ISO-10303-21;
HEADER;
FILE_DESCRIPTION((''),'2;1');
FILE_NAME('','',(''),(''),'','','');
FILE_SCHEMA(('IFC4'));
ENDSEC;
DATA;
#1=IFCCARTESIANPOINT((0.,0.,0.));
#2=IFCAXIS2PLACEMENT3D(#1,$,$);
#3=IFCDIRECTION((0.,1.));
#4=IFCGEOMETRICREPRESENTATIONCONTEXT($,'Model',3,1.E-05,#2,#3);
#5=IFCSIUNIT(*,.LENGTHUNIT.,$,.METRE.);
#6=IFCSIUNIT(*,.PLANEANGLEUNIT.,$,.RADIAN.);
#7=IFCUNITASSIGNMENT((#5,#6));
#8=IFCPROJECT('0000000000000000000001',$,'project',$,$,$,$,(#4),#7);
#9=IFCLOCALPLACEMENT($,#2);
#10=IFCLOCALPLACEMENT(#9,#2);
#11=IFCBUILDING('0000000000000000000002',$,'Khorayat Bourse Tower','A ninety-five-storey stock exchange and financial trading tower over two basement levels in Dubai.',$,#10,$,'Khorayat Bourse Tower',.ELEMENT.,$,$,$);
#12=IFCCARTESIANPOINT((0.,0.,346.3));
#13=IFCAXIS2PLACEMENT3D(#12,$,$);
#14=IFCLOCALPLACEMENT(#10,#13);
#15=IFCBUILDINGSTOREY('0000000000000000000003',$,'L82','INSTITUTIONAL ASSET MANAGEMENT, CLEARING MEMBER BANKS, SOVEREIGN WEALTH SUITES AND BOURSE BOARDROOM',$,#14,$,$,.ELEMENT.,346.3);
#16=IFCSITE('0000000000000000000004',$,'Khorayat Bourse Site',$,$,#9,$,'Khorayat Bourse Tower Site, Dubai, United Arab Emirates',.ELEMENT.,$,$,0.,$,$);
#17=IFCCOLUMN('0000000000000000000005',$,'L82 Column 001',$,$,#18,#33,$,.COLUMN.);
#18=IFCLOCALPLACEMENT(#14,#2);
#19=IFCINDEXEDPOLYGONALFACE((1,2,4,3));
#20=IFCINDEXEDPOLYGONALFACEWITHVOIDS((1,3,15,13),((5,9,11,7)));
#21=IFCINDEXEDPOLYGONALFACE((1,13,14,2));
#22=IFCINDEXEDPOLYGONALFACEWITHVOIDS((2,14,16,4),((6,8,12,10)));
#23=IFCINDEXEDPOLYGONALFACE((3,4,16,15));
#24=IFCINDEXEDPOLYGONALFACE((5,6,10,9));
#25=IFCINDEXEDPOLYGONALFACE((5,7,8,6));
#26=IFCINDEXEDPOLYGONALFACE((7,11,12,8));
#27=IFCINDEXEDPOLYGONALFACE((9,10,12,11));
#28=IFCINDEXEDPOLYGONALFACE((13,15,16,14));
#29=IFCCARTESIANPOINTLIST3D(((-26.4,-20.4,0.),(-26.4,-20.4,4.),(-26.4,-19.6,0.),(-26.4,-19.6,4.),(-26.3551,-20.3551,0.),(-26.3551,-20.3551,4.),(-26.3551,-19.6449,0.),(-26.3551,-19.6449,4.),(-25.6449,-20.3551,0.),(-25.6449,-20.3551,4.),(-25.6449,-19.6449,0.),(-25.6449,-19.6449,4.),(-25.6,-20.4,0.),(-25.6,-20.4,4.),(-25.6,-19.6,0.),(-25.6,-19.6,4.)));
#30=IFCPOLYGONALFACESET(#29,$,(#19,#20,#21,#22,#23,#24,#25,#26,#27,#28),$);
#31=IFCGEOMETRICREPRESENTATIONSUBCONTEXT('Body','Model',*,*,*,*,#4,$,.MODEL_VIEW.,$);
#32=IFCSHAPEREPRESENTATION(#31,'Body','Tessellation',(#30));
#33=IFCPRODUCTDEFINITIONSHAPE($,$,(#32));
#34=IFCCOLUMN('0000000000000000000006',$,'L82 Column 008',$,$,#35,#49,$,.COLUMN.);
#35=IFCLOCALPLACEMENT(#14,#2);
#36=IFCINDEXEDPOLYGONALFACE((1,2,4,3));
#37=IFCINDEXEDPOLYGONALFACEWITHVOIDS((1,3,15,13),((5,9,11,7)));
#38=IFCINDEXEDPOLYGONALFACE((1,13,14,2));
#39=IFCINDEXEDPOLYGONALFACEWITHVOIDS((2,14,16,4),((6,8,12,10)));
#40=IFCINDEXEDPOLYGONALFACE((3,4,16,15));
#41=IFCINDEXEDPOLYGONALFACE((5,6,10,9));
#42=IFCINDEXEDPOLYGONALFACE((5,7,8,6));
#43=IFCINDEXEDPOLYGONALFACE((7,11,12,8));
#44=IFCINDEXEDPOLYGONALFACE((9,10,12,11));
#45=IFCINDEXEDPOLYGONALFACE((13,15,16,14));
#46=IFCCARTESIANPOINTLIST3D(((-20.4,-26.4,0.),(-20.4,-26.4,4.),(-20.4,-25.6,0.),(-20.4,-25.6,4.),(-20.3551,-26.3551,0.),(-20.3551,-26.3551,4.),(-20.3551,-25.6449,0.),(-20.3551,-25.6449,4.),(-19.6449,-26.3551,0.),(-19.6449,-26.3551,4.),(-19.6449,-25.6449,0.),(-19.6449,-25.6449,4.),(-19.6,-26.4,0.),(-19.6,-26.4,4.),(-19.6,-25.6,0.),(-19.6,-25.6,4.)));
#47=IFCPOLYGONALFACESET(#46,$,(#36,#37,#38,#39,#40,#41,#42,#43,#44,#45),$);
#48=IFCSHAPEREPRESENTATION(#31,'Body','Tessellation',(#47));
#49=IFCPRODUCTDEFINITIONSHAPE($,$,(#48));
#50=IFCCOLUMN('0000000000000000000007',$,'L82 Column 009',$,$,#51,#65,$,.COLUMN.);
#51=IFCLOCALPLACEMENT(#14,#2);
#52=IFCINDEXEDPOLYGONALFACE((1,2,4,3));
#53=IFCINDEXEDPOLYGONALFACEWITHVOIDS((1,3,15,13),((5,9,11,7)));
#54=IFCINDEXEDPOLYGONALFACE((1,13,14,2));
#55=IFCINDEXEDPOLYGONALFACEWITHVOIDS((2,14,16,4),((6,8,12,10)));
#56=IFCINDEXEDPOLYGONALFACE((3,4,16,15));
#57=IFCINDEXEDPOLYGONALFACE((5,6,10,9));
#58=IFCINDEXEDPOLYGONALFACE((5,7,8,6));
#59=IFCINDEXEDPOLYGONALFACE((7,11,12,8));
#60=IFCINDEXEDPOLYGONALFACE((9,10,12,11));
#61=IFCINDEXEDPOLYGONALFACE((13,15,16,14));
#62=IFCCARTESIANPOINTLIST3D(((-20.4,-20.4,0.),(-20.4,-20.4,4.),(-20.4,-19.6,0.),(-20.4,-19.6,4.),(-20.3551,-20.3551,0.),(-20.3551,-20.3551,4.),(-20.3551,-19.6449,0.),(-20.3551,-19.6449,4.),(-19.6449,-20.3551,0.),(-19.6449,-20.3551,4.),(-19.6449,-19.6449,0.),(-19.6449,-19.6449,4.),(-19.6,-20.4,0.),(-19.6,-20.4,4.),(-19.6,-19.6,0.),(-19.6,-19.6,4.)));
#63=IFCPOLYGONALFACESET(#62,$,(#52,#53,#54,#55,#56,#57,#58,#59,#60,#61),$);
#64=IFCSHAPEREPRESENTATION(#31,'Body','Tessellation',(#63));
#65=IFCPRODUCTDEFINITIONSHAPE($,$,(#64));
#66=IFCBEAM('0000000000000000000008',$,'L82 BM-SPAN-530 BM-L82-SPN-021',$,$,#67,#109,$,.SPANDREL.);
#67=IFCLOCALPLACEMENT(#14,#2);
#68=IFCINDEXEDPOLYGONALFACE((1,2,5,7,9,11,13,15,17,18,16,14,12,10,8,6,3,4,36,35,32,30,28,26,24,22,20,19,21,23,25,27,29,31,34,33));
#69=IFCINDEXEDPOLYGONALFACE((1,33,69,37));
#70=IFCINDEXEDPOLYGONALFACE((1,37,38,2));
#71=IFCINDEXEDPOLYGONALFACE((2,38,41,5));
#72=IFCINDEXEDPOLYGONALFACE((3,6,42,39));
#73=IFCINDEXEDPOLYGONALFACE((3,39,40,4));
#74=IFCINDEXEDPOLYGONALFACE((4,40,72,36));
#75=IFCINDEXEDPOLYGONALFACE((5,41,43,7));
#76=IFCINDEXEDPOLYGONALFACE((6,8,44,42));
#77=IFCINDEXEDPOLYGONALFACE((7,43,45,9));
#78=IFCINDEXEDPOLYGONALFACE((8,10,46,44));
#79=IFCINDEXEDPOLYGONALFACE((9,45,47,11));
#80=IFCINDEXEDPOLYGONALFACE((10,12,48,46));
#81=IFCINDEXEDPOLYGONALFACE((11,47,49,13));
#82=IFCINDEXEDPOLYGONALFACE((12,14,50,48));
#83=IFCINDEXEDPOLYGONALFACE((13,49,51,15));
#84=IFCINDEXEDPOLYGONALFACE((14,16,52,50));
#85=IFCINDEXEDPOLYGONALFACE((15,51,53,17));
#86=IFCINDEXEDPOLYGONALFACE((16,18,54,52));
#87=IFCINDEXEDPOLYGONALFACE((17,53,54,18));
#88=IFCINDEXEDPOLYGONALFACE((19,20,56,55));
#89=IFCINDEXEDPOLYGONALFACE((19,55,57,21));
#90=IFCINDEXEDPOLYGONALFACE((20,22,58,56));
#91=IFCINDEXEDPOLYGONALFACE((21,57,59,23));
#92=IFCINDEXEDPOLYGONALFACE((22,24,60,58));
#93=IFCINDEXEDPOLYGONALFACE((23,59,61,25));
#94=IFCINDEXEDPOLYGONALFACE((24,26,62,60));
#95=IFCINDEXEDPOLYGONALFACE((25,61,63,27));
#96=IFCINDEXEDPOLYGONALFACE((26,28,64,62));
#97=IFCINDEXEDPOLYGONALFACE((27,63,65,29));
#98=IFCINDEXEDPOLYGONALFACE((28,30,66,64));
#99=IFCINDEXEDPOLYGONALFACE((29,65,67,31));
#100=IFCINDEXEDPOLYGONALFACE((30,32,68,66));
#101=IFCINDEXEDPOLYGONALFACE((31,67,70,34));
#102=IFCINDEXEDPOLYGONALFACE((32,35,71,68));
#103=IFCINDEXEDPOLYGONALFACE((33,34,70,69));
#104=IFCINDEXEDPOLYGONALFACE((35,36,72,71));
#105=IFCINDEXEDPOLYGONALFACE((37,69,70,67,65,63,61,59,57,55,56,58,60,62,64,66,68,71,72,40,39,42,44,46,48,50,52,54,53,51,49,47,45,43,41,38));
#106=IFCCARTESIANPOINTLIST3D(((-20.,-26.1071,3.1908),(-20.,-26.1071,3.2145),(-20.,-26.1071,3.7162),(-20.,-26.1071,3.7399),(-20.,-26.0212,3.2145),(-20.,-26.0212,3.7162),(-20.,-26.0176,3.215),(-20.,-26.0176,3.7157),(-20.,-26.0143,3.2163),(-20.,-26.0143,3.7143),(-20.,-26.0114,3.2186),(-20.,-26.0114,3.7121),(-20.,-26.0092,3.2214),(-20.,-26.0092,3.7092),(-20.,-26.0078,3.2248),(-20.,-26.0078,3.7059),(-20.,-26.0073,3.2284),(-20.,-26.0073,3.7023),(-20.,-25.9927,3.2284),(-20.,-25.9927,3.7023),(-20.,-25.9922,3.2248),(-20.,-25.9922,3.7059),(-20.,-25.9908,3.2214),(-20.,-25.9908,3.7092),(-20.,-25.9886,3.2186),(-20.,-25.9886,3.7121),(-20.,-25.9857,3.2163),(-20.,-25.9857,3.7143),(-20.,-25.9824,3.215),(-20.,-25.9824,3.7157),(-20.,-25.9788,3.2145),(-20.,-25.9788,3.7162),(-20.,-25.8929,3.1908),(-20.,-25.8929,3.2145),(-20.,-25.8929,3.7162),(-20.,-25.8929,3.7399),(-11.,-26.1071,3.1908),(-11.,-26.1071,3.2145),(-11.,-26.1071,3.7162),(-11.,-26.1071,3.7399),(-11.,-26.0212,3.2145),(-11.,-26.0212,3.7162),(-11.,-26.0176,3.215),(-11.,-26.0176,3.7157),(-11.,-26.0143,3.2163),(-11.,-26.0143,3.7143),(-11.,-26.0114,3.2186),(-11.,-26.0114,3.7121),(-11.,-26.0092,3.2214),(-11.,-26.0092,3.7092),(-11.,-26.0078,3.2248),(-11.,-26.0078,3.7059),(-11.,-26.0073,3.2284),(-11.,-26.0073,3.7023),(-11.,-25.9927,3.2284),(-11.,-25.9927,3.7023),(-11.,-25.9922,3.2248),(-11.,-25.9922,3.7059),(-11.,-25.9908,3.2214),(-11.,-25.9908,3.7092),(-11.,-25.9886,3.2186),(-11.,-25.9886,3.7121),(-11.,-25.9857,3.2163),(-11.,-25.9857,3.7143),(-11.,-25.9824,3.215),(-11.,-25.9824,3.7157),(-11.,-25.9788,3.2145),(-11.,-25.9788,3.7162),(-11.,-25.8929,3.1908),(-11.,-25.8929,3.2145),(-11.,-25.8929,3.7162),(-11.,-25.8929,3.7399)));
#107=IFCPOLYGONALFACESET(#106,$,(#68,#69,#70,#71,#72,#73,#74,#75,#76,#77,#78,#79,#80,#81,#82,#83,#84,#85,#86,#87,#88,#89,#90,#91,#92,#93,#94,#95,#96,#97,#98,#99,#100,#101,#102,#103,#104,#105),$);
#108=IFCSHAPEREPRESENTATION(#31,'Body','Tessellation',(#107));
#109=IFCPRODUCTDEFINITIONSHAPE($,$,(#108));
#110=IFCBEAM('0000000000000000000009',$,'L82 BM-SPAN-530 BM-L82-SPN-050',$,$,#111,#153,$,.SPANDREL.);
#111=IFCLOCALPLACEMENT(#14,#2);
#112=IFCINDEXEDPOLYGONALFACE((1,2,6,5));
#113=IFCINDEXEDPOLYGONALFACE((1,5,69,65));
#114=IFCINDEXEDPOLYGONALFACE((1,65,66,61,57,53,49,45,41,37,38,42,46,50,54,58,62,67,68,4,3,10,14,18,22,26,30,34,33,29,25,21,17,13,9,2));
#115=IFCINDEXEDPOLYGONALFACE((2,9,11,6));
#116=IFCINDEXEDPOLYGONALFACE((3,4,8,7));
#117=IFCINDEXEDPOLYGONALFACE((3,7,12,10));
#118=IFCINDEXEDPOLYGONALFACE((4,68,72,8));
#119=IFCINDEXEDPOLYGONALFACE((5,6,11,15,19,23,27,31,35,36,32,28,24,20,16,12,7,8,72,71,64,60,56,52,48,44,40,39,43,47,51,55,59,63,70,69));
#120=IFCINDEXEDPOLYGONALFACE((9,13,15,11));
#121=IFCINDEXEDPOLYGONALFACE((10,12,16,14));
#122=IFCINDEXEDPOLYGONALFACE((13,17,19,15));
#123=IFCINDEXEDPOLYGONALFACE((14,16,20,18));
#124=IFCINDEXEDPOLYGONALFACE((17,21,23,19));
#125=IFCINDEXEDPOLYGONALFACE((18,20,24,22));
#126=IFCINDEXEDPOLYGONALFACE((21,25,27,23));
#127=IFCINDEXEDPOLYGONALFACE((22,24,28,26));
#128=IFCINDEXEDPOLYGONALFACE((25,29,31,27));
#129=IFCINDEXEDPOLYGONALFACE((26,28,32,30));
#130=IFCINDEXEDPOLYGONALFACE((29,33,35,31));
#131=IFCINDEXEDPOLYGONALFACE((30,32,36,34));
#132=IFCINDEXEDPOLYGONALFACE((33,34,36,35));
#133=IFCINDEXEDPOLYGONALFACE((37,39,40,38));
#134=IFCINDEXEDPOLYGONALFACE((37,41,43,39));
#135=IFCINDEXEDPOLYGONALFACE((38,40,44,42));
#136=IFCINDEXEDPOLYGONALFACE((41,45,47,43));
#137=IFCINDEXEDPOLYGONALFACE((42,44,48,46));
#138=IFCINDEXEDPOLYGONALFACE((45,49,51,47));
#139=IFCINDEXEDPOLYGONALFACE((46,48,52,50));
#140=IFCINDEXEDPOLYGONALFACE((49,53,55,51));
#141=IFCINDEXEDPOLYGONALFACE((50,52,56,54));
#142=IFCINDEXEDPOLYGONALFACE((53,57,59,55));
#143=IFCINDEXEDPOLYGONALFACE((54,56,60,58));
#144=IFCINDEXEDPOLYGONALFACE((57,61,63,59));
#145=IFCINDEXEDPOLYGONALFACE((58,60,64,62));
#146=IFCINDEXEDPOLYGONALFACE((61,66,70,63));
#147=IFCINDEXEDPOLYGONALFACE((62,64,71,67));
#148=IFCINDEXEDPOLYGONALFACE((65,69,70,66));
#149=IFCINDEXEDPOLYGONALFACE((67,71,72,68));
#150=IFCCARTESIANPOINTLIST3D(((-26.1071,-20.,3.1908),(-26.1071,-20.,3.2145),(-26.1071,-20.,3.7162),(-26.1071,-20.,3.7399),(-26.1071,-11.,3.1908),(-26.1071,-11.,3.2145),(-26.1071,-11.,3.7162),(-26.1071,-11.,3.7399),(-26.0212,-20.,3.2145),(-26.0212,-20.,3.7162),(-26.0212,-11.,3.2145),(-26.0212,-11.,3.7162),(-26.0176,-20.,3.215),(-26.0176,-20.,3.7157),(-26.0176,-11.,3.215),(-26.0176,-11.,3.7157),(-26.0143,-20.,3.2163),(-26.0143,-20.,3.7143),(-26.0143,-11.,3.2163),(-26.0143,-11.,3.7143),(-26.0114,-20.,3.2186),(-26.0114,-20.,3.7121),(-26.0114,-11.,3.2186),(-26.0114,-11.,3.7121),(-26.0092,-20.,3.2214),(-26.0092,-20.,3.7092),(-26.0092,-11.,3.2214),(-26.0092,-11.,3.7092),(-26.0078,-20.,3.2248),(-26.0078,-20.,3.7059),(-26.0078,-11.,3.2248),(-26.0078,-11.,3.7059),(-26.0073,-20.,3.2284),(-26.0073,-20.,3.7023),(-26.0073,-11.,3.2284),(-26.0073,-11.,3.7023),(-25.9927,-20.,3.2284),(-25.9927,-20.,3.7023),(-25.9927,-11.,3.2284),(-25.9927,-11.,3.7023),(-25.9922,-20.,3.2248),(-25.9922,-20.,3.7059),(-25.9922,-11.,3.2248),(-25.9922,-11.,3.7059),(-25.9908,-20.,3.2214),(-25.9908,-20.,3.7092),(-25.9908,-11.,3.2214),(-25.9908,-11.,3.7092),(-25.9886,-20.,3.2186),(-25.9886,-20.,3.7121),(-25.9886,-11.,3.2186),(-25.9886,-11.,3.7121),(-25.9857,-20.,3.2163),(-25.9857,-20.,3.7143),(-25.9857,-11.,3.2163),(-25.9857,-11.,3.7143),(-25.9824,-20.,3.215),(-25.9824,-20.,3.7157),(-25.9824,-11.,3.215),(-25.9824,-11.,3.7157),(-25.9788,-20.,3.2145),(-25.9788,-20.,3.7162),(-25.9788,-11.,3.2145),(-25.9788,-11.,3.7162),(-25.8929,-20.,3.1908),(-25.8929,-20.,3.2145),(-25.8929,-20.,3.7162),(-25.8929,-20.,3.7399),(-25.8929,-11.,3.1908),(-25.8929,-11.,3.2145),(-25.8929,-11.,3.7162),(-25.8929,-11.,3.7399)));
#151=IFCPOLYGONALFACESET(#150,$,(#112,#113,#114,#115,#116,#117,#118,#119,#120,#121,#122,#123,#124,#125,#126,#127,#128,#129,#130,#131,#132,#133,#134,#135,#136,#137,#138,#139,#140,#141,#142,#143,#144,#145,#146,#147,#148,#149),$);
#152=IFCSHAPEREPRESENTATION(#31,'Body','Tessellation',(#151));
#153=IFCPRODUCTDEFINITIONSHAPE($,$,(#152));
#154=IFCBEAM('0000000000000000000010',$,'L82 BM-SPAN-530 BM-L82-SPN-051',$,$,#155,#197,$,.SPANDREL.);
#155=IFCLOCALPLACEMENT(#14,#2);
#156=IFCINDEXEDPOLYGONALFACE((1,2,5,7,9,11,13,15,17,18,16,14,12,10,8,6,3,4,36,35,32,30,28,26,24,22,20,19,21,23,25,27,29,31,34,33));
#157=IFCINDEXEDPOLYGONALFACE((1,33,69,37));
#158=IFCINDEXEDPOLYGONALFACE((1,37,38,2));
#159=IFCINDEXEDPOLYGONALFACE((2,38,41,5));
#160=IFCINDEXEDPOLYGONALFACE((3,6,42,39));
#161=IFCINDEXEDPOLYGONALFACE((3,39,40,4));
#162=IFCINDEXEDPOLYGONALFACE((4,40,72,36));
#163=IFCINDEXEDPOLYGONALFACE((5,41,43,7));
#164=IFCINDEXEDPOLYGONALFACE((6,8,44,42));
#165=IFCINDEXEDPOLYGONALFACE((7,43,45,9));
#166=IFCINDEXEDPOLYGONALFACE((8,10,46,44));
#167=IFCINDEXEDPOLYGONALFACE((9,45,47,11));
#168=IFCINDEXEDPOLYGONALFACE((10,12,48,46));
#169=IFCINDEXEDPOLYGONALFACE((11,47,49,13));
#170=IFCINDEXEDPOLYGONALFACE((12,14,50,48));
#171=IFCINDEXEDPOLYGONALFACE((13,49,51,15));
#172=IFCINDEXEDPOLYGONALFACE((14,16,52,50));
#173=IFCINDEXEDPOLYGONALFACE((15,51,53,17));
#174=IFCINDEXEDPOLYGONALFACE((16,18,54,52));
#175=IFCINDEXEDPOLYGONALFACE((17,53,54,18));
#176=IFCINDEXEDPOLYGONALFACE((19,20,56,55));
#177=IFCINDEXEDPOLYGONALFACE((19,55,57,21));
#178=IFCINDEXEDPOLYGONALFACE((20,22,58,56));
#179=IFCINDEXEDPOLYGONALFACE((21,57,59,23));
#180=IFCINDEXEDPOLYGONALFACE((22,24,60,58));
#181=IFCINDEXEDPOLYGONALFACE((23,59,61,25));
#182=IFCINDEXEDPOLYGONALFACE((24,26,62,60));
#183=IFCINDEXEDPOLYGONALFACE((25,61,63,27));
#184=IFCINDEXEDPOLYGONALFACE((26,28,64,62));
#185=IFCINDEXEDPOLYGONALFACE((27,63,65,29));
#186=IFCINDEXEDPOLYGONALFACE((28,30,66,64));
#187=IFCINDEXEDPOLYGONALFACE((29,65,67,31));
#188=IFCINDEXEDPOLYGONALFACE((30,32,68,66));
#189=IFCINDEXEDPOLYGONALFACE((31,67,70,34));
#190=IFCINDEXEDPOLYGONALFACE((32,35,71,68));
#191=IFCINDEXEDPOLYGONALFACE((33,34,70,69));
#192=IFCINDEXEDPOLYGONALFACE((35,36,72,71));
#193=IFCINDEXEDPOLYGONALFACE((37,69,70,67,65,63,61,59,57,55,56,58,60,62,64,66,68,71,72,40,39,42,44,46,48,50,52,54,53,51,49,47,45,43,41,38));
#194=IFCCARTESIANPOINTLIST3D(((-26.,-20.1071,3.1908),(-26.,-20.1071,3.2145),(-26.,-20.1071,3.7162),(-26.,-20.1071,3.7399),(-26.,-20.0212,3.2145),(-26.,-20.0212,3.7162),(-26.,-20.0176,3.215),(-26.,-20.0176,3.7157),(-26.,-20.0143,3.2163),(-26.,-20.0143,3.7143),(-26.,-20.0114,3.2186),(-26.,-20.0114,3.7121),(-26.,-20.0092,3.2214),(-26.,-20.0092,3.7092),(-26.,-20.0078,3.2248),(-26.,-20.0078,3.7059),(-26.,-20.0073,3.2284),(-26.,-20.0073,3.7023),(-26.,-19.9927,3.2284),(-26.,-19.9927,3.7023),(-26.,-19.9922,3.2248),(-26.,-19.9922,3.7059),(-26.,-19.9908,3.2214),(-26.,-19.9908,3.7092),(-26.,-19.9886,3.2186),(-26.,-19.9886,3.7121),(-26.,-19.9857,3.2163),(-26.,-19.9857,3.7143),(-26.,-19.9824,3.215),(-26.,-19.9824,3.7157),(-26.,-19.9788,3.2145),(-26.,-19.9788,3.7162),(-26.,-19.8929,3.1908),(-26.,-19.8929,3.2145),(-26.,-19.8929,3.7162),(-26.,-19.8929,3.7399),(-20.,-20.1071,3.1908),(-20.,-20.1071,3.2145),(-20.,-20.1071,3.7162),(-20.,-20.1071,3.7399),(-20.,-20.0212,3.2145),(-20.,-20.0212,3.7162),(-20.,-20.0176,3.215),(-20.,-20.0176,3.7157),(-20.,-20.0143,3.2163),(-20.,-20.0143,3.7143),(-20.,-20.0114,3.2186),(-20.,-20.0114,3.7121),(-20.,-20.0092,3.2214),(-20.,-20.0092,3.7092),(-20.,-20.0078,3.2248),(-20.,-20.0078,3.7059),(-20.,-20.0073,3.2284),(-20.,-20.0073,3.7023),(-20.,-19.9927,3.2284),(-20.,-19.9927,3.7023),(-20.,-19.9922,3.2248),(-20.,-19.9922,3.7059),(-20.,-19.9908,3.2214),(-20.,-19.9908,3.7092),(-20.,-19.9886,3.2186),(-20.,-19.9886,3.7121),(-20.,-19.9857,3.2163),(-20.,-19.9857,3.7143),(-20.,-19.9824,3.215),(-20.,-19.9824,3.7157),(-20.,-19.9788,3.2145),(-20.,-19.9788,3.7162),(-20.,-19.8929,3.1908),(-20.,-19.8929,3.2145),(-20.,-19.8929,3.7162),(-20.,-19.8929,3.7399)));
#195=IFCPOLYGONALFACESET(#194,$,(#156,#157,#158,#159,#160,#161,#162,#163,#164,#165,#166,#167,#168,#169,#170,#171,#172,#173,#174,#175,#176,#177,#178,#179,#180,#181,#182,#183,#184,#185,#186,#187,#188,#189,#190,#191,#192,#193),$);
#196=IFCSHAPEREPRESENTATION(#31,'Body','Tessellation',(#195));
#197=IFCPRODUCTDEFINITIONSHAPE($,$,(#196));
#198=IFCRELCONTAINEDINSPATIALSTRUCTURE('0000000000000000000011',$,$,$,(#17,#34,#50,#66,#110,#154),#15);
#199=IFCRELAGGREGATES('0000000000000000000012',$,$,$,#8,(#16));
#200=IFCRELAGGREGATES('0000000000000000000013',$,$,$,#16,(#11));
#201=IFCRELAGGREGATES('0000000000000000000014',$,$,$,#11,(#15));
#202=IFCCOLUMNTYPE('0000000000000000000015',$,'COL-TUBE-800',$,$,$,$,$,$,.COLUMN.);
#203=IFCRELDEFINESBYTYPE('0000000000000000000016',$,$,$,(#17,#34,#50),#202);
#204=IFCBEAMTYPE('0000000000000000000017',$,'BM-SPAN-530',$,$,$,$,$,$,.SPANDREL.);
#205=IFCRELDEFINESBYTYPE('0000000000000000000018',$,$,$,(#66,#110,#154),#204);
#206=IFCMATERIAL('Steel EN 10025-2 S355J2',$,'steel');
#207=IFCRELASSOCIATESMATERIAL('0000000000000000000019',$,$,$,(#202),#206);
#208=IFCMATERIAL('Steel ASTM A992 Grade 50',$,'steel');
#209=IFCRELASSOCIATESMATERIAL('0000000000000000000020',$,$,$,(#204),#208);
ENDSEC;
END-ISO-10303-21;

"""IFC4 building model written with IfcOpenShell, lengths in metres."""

from ifc_helpers import new_model, si_unit, direction, frame, origin, origin_2d, place, context, subcontext, project, spatial, hollow_rectangle, i_section, extrude, source, transform, mapped, material, material_profile, profile_set, type_object, element, save


model = new_model("IFC4")

# Units and contexts
model_context = context("Model", 3, precision=1e-05, world=origin(), true_north=direction((0.0, 1.0)))
body_context = subcontext(model_context, "Body", "Model", "MODEL_VIEW")
ifc_project = project(units=[si_unit("LENGTHUNIT", "METRE"), si_unit("PLANEANGLEUNIT", "RADIAN")], contexts=[model_context])

# Site, building, storey
site_placement = place(None, origin())
site = spatial("IfcSite", under=ifc_project, at=site_placement, Name="Khorayat Bourse Site", LongName="Khorayat Bourse Tower Site, Dubai, United Arab Emirates", CompositionType="ELEMENT", RefElevation=0.0)
building_placement = place(site_placement, origin())
building = spatial("IfcBuilding", under=site, at=building_placement, Name="Khorayat Bourse Tower", Description="A ninety-five-storey stock exchange and financial trading tower over two basement levels in Dubai.", LongName="Khorayat Bourse Tower", CompositionType="ELEMENT")
storey_placement = place(building_placement, frame((0.0, 0.0, 346.3)))
storey = spatial("IfcBuildingStorey", under=building, at=storey_placement, Name="L82", Description="INSTITUTIONAL ASSET MANAGEMENT, CLEARING MEMBER BANKS, SOVEREIGN WEALTH SUITES AND BOURSE BOARDROOM", CompositionType="ELEMENT", Elevation=346.3)

# Columns
ifc_material_1 = material(Name="Steel EN 10025-2 S355J2", Category="steel")
ifc_material_profile_1 = material_profile(ifc_material_1, hollow_rectangle(XDim=0.8, YDim=0.8, WallThickness=0.0449, at=origin_2d()), Name="BOX 800x800x45")
ifc_profile_set_1 = profile_set([ifc_material_profile_1], Name="Steel EN 10025-2 S355J2")
column_type = type_object("IfcColumnType", Name="COL-TUBE-800", PredefinedType="COLUMN", material=ifc_profile_set_1)
shared_shape_1 = source(origin(), body_context, "Body", "SweptSolid", [
    extrude(hollow_rectangle(XDim=0.8, YDim=0.8, WallThickness=0.0449, at=origin_2d()), origin(), (0.0, 0.0, 1.0), 4.0),
])
for number, where, z_axis, x_axis, name in (
    (1, (-26.0, -20.0, 0.0), (0.0, 0.0, 1.0), (1.0, 0.0, 0.0), "L82 Column 001"),
    (2, (-20.0, -26.0, 0.0), (0.0, 0.0, 1.0), (1.0, 0.0, 0.0), "L82 Column 008"),
    (3, (-20.0, -20.0, 0.0), (0.0, 0.0, 1.0), (1.0, 0.0, 0.0), "L82 Column 009"),
):
    element("IfcColumn", number, at=place(storey_placement, frame(where, z_axis=z_axis, x_axis=x_axis)), inside=storey, type_object=column_type, Name=name, PredefinedType="COLUMN", context=body_context, shape_type="MappedRepresentation", body=[
        mapped(shared_shape_1, transform((0.0, 0.0, 0.0), scale=1.0)),
    ])

# Beams
ifc_material_2 = material(Name="Steel ASTM A992 Grade 50", Category="steel")
ifc_material_profile_2 = material_profile(ifc_material_2, i_section(OverallWidth=0.2141, OverallDepth=0.5491, WebThickness=0.0146, FlangeThickness=0.0237, FilletRadius=0.0139, at=origin_2d()), Name="W530X138")
ifc_profile_set_2 = profile_set([ifc_material_profile_2], Name="Steel ASTM A992 Grade 50")
beam_type_1 = type_object("IfcBeamType", Name="BM-SPAN-530", PredefinedType="SPANDREL", material=ifc_profile_set_2)
shared_shape_2 = source(origin(), body_context, "Body", "SweptSolid", [
    extrude(i_section(OverallWidth=0.2141, OverallDepth=0.5491, WebThickness=0.0146, FlangeThickness=0.0237, FilletRadius=0.0139, at=origin_2d()), origin(), (0.0, 0.0, 1.0), 9.0),
])
for number, where, z_axis, x_axis, name in (
    (4, (-20.0, -26.0, 3.4653), (1.0, 0.0, 0.0), (0.0, 1.0, 0.0), "L82 BM-SPAN-530 BM-L82-SPN-021"),
    (5, (-26.0, -20.0, 3.4653), (0.0, 1.0, 0.0), (-1.0, 0.0, 0.0), "L82 BM-SPAN-530 BM-L82-SPN-050"),
):
    element("IfcBeam", number, at=place(storey_placement, frame(where, z_axis=z_axis, x_axis=x_axis)), inside=storey, type_object=beam_type_1, Name=name, PredefinedType="SPANDREL", context=body_context, shape_type="MappedRepresentation", body=[
        mapped(shared_shape_2, transform((0.0, 0.0, 0.0), scale=1.0)),
    ])
shared_shape_3 = source(origin(), body_context, "Body", "SweptSolid", [
    extrude(i_section(OverallWidth=0.2141, OverallDepth=0.5491, WebThickness=0.0146, FlangeThickness=0.0237, FilletRadius=0.0139, at=origin_2d()), origin(), (0.0, 0.0, 1.0), 6.0),
])
for number, where, z_axis, x_axis, name in (
    (6, (-26.0, -20.0, 3.4653), (1.0, 0.0, 0.0), (0.0, 1.0, 0.0), "L82 BM-SPAN-530 BM-L82-SPN-051"),
):
    element("IfcBeam", number, at=place(storey_placement, frame(where, z_axis=z_axis, x_axis=x_axis)), inside=storey, type_object=beam_type_1, Name=name, PredefinedType="SPANDREL", context=body_context, shape_type="MappedRepresentation", body=[
        mapped(shared_shape_3, transform((0.0, 0.0, 0.0), scale=1.0)),
    ])

save(model, "model.ifc")
